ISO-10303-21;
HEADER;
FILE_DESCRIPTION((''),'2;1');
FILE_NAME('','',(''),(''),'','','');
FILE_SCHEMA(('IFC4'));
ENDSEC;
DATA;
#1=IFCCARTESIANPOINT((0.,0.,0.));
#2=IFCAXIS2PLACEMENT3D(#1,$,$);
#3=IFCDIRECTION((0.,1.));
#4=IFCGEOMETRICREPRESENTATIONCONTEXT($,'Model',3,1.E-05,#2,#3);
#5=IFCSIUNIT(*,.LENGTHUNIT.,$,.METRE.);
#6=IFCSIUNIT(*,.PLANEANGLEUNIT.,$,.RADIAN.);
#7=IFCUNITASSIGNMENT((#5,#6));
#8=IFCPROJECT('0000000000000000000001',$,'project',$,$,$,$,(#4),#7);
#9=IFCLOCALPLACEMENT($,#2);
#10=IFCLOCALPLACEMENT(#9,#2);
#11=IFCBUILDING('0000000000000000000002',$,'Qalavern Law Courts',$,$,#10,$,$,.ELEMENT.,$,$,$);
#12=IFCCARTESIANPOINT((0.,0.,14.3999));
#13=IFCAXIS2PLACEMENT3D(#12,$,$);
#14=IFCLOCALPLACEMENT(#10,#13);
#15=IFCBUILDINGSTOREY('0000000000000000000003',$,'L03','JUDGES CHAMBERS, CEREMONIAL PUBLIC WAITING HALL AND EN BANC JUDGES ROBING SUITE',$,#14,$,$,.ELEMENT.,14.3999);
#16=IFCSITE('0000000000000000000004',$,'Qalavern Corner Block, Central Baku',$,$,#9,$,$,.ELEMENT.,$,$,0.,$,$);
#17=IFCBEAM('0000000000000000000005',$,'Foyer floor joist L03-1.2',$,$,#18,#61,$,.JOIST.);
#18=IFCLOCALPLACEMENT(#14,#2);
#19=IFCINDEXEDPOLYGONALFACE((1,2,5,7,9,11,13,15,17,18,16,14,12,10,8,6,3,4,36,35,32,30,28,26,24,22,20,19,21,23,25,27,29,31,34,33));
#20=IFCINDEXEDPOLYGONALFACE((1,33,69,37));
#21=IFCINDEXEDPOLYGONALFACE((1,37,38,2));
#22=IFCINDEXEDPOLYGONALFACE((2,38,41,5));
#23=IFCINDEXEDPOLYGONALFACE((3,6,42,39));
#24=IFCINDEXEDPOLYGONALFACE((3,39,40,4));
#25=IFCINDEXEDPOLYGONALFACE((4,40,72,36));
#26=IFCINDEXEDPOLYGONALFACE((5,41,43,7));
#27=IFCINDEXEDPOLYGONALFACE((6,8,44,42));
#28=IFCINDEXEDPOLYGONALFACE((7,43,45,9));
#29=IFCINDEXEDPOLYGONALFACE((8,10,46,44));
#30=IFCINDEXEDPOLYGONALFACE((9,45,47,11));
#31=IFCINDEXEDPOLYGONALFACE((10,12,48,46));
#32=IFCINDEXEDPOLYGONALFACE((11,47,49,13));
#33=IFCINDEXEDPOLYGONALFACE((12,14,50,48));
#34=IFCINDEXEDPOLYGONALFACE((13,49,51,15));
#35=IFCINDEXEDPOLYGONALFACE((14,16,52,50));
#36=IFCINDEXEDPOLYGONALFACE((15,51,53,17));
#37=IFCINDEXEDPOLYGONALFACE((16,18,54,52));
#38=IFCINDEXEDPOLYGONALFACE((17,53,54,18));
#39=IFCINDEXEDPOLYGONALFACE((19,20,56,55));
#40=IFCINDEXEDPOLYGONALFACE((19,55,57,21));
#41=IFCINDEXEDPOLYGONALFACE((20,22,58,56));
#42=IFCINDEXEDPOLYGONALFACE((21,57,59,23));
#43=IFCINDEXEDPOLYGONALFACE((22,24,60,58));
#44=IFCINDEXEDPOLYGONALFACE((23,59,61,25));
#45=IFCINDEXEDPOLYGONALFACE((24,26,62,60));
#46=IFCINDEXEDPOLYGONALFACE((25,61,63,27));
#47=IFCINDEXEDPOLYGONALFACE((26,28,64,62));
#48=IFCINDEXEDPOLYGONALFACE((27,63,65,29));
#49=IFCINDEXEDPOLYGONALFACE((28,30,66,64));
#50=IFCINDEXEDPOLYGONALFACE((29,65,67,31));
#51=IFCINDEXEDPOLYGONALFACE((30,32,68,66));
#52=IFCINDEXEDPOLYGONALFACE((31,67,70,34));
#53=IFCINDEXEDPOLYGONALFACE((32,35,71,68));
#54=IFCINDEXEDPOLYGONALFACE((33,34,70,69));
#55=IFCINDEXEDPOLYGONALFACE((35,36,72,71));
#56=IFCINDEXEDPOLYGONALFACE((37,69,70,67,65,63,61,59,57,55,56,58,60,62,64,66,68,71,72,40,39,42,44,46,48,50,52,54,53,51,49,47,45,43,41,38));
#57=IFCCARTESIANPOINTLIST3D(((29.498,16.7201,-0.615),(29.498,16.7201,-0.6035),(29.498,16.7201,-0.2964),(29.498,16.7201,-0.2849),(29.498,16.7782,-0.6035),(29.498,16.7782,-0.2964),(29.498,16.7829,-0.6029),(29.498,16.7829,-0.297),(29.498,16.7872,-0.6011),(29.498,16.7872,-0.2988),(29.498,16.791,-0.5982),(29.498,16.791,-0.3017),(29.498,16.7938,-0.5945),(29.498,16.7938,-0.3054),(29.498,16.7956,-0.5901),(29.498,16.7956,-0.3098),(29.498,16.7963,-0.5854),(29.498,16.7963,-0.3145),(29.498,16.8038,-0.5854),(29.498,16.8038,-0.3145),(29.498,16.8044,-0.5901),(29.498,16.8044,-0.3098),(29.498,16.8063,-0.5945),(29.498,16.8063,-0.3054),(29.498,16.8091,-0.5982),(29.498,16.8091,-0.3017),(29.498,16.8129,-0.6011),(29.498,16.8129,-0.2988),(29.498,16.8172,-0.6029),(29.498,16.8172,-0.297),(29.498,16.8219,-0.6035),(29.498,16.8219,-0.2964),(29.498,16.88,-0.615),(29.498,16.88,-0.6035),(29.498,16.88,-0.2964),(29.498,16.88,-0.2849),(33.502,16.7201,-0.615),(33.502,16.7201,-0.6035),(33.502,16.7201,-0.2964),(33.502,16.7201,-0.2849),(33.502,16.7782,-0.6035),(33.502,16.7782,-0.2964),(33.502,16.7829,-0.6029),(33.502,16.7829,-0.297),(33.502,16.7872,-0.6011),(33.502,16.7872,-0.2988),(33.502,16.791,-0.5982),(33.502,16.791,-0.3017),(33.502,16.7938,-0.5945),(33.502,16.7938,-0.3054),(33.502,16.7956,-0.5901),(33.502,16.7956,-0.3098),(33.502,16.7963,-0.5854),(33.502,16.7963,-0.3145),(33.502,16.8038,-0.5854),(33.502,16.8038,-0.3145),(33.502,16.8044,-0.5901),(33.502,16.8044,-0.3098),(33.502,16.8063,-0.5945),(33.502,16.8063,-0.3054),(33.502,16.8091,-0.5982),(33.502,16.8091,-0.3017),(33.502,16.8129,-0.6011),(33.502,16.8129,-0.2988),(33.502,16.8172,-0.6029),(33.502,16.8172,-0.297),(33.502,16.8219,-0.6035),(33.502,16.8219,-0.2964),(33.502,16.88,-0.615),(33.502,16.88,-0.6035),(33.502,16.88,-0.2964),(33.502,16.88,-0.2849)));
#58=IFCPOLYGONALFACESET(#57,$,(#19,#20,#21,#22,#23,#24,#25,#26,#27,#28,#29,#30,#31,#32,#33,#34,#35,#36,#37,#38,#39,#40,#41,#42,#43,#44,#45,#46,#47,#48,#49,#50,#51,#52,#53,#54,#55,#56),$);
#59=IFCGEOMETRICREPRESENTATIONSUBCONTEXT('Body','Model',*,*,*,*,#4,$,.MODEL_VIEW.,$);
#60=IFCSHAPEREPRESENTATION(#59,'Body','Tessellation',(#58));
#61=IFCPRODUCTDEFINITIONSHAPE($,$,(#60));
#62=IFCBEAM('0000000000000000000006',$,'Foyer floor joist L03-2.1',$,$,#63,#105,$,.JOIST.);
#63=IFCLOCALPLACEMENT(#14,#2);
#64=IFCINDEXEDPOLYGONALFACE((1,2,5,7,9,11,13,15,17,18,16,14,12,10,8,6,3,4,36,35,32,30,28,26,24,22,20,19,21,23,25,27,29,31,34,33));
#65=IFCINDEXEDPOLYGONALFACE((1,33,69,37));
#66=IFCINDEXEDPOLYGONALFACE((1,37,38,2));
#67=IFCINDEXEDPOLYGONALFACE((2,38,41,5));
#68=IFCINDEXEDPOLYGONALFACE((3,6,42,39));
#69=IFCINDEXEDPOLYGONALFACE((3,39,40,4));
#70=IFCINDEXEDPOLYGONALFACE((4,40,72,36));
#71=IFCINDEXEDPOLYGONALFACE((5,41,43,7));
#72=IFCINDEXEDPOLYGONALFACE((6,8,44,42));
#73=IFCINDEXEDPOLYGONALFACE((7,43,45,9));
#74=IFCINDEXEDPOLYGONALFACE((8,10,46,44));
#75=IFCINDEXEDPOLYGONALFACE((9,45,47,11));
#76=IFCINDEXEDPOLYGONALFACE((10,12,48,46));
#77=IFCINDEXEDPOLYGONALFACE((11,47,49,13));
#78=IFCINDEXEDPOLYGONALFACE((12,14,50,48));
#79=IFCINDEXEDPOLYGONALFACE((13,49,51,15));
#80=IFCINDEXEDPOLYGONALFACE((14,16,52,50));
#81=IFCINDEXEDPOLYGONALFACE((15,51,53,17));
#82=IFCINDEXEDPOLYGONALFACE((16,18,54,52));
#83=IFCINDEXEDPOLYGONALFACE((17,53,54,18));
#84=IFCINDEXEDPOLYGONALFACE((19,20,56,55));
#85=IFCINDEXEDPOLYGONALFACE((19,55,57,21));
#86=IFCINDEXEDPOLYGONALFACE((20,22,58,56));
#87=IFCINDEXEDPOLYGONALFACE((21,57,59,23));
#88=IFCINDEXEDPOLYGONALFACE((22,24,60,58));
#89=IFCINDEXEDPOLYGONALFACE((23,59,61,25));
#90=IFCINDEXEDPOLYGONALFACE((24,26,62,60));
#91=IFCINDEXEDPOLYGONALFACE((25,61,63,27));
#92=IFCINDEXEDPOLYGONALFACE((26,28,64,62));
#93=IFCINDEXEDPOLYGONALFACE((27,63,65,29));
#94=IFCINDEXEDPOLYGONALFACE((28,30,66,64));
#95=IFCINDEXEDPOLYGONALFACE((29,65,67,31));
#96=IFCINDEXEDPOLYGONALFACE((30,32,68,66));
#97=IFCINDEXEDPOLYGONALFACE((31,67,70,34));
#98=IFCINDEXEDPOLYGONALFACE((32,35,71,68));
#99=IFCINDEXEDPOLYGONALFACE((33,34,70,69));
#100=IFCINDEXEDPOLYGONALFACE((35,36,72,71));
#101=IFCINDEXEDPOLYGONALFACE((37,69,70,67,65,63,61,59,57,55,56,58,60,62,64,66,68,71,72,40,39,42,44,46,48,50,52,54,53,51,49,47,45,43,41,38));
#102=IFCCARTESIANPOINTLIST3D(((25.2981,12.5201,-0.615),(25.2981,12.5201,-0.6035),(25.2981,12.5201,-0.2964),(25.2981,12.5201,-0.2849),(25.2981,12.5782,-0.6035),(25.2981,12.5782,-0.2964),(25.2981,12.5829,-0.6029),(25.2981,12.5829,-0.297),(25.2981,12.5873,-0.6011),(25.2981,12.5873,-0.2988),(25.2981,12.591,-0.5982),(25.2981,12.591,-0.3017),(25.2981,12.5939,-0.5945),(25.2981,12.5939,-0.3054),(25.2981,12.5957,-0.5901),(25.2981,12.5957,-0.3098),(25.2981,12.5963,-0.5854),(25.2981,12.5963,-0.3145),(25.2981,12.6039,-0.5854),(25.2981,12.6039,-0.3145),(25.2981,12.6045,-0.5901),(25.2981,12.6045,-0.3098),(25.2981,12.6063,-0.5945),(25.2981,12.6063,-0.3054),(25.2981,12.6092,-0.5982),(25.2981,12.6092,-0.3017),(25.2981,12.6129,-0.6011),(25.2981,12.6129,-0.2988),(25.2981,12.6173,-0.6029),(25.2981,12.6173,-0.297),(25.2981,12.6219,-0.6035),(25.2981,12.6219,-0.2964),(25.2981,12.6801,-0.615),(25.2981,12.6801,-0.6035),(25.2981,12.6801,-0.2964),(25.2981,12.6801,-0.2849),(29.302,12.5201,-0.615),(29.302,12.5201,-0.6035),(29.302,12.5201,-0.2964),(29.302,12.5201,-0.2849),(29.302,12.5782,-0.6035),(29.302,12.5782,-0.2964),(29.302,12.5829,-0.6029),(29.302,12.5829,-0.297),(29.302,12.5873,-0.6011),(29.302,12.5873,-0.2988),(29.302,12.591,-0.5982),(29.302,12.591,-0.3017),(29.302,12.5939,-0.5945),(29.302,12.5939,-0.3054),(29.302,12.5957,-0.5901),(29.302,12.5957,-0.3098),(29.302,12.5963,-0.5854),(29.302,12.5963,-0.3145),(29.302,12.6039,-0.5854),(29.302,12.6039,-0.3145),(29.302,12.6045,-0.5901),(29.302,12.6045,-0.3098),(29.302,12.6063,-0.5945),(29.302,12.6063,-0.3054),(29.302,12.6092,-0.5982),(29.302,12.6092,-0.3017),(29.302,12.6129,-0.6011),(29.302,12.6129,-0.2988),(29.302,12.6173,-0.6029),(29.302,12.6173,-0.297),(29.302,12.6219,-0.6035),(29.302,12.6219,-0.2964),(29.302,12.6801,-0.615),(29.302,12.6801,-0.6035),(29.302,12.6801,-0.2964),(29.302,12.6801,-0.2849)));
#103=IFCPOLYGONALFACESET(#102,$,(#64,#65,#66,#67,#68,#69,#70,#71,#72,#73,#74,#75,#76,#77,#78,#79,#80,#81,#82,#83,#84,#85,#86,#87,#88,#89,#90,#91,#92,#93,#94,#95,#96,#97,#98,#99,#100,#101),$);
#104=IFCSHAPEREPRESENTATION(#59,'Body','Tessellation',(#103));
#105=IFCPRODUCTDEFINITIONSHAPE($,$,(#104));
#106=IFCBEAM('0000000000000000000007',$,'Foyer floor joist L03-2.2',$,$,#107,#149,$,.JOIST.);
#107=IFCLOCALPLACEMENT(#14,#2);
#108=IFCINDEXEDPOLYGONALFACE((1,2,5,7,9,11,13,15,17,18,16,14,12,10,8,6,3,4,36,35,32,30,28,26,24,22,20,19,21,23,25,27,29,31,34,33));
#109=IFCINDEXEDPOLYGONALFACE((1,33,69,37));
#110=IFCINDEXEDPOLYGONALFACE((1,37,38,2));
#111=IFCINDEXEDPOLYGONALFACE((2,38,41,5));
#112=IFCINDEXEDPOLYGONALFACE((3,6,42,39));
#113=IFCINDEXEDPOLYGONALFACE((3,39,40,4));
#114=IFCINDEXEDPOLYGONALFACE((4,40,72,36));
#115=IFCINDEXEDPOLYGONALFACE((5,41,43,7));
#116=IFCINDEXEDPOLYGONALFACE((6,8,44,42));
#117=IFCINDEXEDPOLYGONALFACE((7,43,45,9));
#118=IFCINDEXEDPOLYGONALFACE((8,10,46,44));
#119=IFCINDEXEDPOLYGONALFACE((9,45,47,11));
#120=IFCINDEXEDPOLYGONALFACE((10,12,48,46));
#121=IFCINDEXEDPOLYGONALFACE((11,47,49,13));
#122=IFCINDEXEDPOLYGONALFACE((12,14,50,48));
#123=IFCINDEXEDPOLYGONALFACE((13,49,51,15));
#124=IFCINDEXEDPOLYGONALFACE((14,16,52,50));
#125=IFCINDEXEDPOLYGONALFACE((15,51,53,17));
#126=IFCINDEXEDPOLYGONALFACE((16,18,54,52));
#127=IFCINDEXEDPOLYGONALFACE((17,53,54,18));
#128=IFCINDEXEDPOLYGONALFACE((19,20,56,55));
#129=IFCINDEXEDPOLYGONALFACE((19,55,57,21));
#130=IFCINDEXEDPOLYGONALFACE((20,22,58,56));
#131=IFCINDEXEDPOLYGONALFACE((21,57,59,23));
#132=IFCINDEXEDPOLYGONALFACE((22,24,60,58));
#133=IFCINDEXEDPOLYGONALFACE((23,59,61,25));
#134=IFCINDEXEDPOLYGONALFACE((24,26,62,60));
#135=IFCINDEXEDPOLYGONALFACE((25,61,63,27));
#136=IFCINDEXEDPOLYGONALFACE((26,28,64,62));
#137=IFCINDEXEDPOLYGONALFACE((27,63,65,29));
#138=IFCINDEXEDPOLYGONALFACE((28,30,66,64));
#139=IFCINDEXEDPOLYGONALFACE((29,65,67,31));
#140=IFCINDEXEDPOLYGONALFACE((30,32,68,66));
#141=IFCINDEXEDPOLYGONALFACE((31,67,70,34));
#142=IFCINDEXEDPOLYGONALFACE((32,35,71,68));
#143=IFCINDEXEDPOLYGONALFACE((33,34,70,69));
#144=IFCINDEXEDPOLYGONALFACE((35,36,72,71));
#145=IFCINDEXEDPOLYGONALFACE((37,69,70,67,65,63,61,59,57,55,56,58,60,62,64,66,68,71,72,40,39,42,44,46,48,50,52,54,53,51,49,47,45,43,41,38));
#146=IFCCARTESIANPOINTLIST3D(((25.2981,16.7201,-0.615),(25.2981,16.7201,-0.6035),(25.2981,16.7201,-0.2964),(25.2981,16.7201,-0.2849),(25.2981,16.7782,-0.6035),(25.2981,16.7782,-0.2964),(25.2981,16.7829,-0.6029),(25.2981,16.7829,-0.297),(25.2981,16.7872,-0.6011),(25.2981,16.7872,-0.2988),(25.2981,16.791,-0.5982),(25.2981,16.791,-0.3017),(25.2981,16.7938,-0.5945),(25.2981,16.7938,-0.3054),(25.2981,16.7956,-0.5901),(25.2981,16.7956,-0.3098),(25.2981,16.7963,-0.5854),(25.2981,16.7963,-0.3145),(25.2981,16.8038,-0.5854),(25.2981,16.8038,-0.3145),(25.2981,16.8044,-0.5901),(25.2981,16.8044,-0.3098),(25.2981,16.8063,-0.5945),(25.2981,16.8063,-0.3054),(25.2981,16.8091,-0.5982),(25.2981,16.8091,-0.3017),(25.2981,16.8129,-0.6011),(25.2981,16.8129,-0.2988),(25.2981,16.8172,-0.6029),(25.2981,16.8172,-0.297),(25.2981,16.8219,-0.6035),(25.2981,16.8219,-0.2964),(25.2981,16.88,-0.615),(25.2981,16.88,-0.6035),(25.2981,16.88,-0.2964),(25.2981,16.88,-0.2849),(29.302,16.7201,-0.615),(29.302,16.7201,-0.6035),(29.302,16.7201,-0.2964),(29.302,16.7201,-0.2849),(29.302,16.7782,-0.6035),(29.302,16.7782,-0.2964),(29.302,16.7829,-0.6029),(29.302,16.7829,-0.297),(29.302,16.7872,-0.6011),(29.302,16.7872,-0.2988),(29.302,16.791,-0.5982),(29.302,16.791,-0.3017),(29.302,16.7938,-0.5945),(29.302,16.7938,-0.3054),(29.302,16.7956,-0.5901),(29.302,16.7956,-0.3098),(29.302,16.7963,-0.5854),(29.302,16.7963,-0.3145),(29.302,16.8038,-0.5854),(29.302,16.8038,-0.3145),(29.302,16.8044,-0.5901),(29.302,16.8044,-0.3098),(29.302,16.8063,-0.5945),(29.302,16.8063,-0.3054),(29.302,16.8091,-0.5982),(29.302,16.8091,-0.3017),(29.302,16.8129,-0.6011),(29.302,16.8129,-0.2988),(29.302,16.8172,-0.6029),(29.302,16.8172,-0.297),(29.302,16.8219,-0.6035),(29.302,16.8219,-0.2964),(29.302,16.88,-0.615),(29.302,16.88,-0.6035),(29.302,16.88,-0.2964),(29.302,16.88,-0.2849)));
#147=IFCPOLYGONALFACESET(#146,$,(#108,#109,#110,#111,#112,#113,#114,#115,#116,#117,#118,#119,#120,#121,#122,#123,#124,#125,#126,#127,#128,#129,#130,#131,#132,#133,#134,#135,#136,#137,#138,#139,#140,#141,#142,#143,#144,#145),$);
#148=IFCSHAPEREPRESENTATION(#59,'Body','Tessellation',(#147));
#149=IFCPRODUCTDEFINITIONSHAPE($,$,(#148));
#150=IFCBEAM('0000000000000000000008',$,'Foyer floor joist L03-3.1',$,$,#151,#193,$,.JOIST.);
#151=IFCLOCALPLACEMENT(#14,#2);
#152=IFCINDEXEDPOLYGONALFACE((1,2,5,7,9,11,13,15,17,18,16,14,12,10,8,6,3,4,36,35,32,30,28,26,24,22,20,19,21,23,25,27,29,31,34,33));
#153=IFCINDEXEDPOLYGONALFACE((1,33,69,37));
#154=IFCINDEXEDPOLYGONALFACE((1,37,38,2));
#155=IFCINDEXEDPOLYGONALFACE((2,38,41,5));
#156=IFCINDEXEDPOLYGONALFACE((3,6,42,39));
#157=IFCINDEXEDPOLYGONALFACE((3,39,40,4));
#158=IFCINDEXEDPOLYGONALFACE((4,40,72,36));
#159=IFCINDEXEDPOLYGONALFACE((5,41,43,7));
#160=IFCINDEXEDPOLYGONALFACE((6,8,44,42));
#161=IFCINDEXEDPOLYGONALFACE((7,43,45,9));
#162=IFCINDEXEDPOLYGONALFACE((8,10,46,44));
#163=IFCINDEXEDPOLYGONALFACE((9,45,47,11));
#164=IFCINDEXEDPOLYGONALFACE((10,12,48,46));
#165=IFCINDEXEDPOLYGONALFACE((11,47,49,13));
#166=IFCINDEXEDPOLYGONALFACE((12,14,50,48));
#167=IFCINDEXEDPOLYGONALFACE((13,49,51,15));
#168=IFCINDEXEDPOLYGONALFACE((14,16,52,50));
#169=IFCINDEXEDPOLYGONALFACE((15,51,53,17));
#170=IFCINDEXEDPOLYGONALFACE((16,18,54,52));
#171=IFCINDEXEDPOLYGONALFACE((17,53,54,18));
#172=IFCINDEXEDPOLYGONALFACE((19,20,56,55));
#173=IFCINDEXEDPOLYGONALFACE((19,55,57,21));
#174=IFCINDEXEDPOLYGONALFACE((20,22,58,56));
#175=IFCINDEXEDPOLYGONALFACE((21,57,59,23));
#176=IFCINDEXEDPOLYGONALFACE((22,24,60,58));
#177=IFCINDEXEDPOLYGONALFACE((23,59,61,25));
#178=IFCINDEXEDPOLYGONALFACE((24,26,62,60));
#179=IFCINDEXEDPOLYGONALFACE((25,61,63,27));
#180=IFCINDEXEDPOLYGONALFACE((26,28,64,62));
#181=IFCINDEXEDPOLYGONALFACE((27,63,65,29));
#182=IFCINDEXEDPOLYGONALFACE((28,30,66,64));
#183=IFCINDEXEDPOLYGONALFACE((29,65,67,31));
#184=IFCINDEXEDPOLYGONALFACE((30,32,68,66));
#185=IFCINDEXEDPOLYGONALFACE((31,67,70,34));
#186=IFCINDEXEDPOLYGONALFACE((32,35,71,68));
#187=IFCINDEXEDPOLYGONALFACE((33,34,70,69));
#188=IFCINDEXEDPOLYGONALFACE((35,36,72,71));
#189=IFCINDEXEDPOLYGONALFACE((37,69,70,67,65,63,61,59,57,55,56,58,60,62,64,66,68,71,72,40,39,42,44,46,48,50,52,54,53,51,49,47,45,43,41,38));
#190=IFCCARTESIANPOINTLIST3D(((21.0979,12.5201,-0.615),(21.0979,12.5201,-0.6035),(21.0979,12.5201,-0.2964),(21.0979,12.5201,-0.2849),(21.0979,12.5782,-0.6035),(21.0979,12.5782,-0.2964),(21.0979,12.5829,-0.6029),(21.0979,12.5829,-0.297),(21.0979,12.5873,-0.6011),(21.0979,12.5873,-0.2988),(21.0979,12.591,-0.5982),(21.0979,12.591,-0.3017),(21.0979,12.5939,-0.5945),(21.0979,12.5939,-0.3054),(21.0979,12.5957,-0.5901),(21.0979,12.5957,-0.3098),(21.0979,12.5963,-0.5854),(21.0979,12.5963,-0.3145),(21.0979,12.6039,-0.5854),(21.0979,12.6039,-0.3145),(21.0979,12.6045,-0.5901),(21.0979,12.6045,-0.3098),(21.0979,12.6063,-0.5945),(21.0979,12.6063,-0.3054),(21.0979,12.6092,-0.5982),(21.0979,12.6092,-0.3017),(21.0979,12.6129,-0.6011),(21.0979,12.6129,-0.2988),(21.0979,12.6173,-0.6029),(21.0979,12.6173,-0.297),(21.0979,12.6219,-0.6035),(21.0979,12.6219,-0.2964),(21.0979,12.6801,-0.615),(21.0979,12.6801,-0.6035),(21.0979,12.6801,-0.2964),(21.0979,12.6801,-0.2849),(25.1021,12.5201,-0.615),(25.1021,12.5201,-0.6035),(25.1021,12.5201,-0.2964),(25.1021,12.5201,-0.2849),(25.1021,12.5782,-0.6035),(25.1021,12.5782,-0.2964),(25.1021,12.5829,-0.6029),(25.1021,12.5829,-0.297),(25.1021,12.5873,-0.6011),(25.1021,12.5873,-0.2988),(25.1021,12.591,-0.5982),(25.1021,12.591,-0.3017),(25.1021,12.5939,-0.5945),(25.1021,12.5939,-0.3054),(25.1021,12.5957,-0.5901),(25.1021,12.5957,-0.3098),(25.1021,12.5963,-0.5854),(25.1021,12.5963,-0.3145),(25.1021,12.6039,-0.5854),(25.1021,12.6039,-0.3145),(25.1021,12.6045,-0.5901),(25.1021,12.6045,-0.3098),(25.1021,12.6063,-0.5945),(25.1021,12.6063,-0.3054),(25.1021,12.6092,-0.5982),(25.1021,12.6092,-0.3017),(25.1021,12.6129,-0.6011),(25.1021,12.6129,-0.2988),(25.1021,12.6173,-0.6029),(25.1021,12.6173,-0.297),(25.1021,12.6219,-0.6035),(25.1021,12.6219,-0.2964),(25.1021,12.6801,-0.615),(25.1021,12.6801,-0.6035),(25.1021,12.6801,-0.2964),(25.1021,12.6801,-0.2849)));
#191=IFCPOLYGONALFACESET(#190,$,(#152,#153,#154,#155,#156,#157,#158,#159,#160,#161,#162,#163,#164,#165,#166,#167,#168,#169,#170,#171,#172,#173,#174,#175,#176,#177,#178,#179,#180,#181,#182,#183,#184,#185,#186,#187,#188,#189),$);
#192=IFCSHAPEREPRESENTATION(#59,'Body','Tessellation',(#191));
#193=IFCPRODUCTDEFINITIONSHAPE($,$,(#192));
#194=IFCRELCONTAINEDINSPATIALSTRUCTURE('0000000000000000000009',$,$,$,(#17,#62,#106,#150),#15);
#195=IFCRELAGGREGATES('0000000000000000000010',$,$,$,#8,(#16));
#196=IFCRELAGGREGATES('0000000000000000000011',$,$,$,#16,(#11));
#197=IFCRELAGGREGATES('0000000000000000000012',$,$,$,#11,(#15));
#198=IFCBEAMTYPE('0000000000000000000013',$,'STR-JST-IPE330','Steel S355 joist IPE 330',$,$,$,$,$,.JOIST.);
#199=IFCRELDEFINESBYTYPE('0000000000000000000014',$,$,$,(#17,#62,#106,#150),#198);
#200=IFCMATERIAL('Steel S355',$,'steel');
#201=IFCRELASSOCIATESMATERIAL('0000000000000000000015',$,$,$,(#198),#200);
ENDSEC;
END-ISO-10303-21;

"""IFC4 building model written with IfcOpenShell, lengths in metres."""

from ifc_helpers import new_model, si_unit, direction, frame, origin, origin_2d, place, context, subcontext, project, spatial, i_section, extrude, material, material_profile, profile_set, type_object, element, save


model = new_model("IFC4")

# Units and contexts
model_context = context("Model", 3, precision=1e-05, world=origin(), true_north=direction((0.0, 1.0)))
body_context = subcontext(model_context, "Body", "Model", "MODEL_VIEW")
ifc_project = project(units=[si_unit("LENGTHUNIT", "METRE"), si_unit("PLANEANGLEUNIT", "RADIAN")], contexts=[model_context])

# Site, building, storey
site_placement = place(None, origin())
site = spatial("IfcSite", under=ifc_project, at=site_placement, Name="Qalavern Corner Block, Central Baku", CompositionType="ELEMENT", RefElevation=0.0)
building_placement = place(site_placement, origin())
building = spatial("IfcBuilding", under=site, at=building_placement, Name="Qalavern Law Courts", CompositionType="ELEMENT")
storey_placement = place(building_placement, frame((0.0, 0.0, 14.3999)))
storey = spatial("IfcBuildingStorey", under=building, at=storey_placement, Name="L03", Description="JUDGES CHAMBERS, CEREMONIAL PUBLIC WAITING HALL AND EN BANC JUDGES ROBING SUITE", CompositionType="ELEMENT", Elevation=14.3999)

# Shared definitions
ifc_material_1 = material(Name="Steel S355", Category="steel")

# Beams
ifc_material_profile_1 = material_profile(ifc_material_1, i_section(OverallWidth=0.1599, OverallDepth=0.3301, WebThickness=0.0076, FlangeThickness=0.0115, FilletRadius=0.0181, at=origin_2d()), Name="IPE 330")
ifc_profile_set_1 = profile_set([ifc_material_profile_1], Name="Steel S355")
beam_type_1 = type_object("IfcBeamType", Name="STR-JST-IPE330", Description="Steel S355 joist IPE 330", PredefinedType="JOIST", material=ifc_profile_set_1)
for number, where, z_axis, x_axis, name in (
    (1, (29.498, 16.8, -0.45), (1.0, 0.0, 0.0), (0.0, 1.0, 0.0), "Foyer floor joist L03-1.2"),
    (2, (25.2981, 12.6001, -0.45), (1.0, 0.0, 0.0), (0.0, 1.0, 0.0), "Foyer floor joist L03-2.1"),
    (3, (25.2981, 16.8, -0.45), (1.0, 0.0, 0.0), (0.0, 1.0, 0.0), "Foyer floor joist L03-2.2"),
):
    element("IfcBeam", number, at=place(storey_placement, frame(where, z_axis=z_axis, x_axis=x_axis)), inside=storey, type_object=beam_type_1, Name=name, PredefinedType="JOIST", context=body_context, shape_type="SweptSolid", body=[
        extrude(i_section(OverallWidth=0.1599, OverallDepth=0.3301, WebThickness=0.0076, FlangeThickness=0.0115, FilletRadius=0.0181, at=origin_2d()), origin(), (0.0, 0.0, 1.0), 4.0039),
    ])
for number, where, z_axis, x_axis, name in (
    (4, (21.0979, 12.6001, -0.45), (1.0, 0.0, 0.0), (0.0, 1.0, 0.0), "Foyer floor joist L03-3.1"),
):
    element("IfcBeam", number, at=place(storey_placement, frame(where, z_axis=z_axis, x_axis=x_axis)), inside=storey, type_object=beam_type_1, Name=name, PredefinedType="JOIST", context=body_context, shape_type="SweptSolid", body=[
        extrude(i_section(OverallWidth=0.1599, OverallDepth=0.3301, WebThickness=0.0076, FlangeThickness=0.0115, FilletRadius=0.0181, at=origin_2d()), origin(), (0.0, 0.0, 1.0), 4.0042),
    ])

save(model, "model.ifc")
